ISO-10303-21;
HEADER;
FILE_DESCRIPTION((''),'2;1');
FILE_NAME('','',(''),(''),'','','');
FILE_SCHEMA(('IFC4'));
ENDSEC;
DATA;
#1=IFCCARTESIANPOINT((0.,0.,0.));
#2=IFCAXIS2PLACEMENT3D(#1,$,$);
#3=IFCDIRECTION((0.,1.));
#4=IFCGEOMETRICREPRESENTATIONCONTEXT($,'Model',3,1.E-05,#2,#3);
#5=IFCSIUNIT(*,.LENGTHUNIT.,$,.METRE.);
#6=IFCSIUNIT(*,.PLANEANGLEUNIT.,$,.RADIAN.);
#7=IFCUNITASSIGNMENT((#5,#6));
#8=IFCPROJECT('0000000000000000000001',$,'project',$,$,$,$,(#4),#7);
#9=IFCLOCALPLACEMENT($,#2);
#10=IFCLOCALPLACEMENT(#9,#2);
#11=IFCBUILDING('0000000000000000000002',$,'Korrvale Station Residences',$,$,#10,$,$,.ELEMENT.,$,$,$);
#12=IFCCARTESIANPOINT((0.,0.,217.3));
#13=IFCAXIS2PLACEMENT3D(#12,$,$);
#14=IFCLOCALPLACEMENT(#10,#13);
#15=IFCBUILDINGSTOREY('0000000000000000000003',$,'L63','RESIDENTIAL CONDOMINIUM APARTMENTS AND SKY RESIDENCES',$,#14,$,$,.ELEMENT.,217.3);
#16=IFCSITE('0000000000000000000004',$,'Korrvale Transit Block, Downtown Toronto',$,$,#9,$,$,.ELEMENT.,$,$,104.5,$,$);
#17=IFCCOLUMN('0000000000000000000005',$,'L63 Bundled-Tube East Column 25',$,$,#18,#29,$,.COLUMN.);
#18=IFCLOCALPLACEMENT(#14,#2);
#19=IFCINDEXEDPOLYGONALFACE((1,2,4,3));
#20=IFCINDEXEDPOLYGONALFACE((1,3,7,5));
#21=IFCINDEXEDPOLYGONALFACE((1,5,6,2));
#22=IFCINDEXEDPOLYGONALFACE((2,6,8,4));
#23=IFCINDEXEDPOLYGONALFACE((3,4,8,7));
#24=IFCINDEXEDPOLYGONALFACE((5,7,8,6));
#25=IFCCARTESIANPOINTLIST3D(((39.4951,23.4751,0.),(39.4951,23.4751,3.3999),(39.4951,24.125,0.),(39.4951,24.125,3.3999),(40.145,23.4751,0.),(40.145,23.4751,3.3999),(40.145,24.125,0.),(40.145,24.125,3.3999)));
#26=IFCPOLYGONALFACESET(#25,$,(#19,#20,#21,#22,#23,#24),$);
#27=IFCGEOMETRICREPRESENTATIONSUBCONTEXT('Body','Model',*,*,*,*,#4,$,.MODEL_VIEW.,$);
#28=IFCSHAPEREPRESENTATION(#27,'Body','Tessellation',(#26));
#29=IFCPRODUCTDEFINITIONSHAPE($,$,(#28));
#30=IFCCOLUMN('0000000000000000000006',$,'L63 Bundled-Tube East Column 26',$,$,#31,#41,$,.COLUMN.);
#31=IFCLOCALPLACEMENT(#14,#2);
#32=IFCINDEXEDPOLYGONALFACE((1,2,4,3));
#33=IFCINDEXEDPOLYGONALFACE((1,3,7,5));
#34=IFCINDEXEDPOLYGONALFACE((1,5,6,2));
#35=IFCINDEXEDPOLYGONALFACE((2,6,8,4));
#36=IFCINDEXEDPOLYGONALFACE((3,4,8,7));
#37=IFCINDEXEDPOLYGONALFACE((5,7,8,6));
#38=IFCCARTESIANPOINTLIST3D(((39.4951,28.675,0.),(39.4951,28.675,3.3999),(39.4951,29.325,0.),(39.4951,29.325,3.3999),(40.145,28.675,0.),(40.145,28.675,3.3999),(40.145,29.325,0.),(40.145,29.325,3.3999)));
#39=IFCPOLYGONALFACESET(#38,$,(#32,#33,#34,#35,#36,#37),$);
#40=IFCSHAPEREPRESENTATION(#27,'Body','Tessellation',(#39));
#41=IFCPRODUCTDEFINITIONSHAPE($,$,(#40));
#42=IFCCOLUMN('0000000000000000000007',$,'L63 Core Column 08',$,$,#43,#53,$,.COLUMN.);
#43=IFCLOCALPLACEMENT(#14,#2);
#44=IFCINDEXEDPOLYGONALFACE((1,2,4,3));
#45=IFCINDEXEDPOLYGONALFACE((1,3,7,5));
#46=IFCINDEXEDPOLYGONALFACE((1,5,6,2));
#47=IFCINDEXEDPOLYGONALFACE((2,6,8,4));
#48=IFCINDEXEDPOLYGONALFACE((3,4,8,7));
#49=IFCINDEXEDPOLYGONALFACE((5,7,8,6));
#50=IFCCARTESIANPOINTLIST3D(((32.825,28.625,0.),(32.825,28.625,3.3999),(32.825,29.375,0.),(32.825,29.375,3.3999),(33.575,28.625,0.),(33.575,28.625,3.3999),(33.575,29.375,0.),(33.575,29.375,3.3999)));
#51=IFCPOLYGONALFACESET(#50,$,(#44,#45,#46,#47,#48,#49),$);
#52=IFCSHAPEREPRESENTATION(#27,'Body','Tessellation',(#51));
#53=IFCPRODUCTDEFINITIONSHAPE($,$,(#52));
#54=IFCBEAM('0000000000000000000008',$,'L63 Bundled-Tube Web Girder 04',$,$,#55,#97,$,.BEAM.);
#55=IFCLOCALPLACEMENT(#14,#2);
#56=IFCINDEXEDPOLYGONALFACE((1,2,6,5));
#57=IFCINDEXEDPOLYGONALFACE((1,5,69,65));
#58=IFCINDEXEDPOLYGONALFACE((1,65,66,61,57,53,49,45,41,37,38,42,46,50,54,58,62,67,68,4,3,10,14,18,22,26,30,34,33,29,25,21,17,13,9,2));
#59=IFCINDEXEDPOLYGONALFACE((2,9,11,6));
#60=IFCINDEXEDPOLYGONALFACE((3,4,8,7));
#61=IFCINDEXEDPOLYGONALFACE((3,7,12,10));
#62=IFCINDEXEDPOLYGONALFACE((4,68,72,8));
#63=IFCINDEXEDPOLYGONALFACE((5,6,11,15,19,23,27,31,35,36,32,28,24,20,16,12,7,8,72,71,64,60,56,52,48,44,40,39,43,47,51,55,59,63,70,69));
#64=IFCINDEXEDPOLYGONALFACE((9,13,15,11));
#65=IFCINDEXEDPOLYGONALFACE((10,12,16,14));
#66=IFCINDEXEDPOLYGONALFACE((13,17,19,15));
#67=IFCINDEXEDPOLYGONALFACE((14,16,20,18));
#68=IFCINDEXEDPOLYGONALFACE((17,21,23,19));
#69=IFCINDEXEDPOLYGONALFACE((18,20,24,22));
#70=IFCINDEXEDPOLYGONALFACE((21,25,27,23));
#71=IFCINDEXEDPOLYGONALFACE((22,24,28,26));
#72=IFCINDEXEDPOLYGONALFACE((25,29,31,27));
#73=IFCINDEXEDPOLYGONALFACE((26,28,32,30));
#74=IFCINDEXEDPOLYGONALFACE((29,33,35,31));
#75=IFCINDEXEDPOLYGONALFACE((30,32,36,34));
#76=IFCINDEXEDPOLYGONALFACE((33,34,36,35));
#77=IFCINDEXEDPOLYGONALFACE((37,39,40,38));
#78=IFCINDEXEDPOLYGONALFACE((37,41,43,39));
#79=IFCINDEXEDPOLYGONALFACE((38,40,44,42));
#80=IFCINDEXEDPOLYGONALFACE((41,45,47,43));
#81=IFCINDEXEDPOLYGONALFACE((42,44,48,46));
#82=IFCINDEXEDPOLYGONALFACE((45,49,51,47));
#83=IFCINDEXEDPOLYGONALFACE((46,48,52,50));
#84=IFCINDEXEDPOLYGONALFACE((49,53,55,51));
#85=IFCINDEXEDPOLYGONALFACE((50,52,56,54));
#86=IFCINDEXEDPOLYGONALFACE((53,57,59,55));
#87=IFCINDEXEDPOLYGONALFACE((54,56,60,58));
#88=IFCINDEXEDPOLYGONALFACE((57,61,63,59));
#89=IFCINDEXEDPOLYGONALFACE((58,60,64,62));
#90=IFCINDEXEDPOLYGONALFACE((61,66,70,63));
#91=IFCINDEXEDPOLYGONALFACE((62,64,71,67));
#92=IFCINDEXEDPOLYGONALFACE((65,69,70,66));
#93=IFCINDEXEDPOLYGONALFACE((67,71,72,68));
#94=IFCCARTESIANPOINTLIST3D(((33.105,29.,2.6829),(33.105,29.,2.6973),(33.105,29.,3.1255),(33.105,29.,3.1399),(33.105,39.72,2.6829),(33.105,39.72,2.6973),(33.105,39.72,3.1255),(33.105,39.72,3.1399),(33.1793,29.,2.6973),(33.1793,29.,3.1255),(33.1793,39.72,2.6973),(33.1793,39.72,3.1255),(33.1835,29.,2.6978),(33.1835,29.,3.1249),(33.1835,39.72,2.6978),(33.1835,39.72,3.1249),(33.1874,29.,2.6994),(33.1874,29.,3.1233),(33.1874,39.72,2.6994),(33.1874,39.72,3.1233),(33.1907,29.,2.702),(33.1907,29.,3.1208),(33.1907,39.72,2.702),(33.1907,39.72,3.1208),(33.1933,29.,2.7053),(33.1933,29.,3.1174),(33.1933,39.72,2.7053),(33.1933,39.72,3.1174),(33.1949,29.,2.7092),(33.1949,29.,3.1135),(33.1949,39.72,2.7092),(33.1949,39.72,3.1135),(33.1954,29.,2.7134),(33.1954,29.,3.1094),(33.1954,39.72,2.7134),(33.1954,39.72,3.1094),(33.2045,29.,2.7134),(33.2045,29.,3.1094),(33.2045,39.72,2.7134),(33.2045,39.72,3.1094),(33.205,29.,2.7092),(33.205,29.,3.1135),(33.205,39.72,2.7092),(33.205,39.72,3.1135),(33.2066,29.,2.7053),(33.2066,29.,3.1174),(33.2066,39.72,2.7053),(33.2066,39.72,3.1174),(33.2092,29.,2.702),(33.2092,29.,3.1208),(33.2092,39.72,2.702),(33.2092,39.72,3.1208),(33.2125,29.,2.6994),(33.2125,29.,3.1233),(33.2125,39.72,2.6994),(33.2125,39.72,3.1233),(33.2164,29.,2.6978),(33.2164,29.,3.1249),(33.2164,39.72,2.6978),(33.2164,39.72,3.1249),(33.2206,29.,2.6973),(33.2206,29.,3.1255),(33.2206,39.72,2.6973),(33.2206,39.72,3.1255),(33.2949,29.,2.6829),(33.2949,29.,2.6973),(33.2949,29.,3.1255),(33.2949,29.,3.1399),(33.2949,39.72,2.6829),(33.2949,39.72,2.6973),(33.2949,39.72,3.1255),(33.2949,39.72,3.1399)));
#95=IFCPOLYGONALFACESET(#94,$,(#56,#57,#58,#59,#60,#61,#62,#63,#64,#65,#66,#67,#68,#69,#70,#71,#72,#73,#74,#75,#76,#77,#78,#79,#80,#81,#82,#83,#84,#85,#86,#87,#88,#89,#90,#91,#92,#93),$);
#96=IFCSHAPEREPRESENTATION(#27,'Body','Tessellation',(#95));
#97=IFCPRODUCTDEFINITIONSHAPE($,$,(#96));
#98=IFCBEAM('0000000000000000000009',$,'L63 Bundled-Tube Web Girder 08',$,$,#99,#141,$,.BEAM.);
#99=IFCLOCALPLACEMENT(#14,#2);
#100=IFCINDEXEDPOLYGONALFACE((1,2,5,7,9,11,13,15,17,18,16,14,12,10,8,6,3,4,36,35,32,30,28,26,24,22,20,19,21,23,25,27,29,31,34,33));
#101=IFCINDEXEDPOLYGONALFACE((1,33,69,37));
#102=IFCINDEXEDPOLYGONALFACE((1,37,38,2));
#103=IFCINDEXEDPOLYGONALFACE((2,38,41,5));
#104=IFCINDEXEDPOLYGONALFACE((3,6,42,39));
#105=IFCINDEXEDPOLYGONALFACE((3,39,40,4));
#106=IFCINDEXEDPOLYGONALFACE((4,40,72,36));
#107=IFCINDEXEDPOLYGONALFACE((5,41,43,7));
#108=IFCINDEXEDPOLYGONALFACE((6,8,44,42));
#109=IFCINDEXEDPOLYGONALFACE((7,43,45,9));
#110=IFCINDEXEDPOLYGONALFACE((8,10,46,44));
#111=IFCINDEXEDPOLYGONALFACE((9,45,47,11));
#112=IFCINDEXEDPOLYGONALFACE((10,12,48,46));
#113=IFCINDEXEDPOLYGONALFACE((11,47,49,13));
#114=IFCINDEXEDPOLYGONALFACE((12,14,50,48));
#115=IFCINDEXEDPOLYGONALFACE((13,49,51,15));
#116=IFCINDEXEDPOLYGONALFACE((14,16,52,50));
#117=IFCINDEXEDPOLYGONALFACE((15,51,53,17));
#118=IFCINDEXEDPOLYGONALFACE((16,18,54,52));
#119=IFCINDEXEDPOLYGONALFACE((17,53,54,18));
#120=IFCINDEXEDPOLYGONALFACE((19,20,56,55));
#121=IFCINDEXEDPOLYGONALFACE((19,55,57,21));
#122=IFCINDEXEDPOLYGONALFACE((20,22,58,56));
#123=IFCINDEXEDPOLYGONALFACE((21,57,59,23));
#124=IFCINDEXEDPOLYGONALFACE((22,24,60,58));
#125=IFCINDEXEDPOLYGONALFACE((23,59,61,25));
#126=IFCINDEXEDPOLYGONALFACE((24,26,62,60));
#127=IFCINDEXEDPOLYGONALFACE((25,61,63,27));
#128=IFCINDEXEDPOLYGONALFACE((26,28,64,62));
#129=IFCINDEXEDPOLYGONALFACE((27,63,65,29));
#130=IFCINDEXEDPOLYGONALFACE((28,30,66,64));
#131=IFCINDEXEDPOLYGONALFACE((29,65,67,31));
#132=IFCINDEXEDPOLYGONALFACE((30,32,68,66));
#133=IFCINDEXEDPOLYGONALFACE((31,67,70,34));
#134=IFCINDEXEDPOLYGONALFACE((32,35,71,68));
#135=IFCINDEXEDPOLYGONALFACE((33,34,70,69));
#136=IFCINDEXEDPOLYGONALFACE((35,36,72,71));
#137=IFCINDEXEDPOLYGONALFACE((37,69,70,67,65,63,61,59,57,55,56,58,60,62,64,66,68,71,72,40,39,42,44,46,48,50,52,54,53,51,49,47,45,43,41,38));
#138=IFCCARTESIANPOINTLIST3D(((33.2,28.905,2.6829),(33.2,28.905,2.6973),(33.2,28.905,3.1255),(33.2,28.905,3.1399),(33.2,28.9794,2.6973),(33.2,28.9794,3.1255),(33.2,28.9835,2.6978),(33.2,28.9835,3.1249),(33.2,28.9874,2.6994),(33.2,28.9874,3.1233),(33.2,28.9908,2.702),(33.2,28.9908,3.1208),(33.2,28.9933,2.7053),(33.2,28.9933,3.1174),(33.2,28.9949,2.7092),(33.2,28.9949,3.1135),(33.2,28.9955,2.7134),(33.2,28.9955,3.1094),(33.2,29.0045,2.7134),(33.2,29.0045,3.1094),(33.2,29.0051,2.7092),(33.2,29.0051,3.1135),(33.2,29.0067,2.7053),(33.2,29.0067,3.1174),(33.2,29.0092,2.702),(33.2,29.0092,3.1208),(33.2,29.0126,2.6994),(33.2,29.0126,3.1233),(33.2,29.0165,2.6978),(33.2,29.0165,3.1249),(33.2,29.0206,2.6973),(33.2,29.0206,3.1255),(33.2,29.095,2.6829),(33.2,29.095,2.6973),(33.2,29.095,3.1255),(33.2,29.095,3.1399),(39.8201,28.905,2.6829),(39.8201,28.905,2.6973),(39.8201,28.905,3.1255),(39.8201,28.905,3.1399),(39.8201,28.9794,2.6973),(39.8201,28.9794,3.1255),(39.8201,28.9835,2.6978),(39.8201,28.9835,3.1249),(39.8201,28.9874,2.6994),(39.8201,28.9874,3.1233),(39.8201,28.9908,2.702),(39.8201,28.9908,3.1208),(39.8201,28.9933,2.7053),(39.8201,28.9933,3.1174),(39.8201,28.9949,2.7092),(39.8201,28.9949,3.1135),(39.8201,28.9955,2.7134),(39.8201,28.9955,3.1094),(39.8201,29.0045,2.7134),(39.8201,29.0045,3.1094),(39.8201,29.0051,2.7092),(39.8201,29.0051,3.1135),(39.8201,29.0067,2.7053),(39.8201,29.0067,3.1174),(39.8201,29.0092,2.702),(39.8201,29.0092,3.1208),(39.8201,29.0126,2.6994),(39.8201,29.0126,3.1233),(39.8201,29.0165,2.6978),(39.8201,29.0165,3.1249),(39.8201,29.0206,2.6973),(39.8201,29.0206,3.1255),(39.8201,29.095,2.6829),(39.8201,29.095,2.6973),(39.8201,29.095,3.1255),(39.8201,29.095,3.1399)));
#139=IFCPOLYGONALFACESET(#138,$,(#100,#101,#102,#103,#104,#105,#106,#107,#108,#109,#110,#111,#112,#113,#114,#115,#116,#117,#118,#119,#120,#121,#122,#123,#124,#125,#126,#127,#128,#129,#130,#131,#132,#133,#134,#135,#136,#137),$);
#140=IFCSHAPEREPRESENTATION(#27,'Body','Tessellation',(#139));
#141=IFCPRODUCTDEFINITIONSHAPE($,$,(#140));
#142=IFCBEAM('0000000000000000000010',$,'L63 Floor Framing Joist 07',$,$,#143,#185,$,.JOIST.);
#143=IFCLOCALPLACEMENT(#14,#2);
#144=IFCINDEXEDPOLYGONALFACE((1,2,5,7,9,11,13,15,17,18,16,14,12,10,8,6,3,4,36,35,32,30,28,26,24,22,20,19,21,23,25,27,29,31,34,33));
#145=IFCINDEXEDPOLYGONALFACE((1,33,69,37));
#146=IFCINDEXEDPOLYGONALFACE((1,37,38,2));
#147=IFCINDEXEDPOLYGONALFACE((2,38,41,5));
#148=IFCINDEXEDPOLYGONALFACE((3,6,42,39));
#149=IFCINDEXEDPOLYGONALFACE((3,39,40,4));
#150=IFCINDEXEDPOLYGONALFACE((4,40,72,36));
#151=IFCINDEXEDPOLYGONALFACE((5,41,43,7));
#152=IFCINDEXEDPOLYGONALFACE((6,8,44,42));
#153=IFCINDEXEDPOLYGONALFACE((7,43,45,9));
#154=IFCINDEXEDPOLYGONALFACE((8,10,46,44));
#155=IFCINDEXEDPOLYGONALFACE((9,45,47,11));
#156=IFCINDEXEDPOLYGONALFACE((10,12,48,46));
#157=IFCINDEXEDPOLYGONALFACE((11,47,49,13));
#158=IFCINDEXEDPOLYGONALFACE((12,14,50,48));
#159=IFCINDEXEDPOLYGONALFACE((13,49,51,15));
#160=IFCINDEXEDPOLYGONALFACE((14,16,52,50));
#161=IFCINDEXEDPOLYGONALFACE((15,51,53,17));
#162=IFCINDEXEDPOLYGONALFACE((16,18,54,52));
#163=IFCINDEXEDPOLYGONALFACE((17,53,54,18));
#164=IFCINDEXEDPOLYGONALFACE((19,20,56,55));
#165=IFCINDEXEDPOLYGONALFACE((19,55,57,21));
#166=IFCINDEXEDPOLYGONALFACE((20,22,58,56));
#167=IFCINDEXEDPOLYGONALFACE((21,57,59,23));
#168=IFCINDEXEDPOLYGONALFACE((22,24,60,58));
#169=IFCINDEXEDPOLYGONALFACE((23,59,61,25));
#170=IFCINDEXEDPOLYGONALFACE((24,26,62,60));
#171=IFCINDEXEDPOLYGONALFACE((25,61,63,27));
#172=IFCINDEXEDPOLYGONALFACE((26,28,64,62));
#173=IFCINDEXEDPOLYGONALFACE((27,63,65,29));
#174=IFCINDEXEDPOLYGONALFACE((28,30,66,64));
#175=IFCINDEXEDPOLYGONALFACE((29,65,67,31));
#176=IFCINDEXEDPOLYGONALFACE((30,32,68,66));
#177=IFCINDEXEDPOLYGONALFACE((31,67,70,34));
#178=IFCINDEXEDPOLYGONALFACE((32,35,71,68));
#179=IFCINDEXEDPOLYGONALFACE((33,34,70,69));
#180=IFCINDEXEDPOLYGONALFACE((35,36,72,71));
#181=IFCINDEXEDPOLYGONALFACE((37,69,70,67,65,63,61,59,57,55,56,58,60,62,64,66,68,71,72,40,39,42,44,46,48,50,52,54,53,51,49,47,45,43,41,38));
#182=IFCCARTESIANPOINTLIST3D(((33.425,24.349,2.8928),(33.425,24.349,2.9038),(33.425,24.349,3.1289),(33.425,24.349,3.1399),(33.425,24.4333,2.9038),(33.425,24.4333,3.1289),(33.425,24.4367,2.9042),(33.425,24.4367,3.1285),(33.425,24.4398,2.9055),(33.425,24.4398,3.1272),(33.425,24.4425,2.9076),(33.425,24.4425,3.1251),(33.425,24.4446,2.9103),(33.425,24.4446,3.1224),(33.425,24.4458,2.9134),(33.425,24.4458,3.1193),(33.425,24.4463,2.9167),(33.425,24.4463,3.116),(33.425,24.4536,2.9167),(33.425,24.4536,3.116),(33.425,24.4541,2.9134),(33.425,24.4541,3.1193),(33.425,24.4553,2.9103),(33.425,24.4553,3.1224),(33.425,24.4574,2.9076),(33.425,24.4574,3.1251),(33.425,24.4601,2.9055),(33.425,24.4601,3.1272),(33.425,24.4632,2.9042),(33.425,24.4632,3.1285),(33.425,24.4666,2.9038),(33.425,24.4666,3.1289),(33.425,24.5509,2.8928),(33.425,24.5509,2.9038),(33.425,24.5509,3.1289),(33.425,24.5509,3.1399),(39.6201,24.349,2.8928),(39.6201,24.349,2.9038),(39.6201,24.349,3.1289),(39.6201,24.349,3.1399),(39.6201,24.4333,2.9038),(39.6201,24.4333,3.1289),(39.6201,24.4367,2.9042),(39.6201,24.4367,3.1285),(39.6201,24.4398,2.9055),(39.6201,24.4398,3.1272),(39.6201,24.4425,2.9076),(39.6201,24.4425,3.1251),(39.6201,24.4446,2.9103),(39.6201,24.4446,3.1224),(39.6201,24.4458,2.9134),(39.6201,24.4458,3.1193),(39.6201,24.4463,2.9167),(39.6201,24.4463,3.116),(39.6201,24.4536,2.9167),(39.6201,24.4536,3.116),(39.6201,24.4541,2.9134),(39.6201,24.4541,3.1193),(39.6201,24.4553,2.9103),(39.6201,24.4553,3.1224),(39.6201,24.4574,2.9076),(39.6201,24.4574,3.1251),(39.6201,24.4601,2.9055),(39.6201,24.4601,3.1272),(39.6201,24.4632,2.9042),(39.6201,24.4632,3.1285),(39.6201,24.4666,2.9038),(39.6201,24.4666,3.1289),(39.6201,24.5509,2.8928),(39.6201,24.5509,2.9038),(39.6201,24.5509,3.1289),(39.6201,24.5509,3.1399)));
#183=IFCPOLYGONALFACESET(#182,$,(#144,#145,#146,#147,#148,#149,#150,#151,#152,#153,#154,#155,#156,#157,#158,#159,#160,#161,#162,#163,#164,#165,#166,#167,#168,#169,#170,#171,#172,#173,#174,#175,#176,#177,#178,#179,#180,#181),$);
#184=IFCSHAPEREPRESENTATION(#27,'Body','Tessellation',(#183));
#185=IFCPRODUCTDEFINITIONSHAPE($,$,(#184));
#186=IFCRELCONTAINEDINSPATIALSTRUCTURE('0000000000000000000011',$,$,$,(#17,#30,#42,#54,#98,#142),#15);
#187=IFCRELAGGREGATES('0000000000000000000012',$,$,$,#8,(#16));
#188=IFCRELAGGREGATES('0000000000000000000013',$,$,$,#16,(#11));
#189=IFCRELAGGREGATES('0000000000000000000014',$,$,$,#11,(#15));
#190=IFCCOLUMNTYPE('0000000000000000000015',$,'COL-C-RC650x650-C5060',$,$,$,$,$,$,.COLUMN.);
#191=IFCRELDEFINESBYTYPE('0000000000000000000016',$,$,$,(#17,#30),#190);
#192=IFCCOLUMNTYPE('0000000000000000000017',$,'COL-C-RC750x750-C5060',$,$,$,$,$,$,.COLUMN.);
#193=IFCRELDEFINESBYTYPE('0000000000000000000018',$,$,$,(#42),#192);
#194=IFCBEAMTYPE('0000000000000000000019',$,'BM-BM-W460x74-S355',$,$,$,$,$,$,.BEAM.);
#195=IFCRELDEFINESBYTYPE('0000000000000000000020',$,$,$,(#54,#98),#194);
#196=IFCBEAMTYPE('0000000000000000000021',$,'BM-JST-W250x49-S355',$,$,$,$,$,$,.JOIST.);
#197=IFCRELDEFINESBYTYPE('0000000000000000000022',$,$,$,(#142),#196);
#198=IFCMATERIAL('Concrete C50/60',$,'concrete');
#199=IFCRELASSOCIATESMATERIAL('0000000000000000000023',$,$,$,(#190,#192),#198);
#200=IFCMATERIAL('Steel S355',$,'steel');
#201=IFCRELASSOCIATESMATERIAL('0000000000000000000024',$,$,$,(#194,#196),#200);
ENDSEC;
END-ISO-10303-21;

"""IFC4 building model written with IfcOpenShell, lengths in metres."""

from ifc_helpers import new_model, si_unit, direction, frame, origin, origin_2d, place, context, subcontext, project, spatial, rectangle, i_section, extrude, material, material_profile, profile_set, type_object, element, save


model = new_model("IFC4")

# Units and contexts
model_context = context("Model", 3, precision=1e-05, world=origin(), true_north=direction((0.0, 1.0)))
body_context = subcontext(model_context, "Body", "Model", "MODEL_VIEW")
ifc_project = project(units=[si_unit("LENGTHUNIT", "METRE"), si_unit("PLANEANGLEUNIT", "RADIAN")], contexts=[model_context])

# Site, building, storey
site_placement = place(None, origin())
site = spatial("IfcSite", under=ifc_project, at=site_placement, Name="Korrvale Transit Block, Downtown Toronto", CompositionType="ELEMENT", RefElevation=104.5)
building_placement = place(site_placement, origin())
building = spatial("IfcBuilding", under=site, at=building_placement, Name="Korrvale Station Residences", CompositionType="ELEMENT")
storey_placement = place(building_placement, frame((0.0, 0.0, 217.3)))
storey = spatial("IfcBuildingStorey", under=building, at=storey_placement, Name="L63", Description="RESIDENTIAL CONDOMINIUM APARTMENTS AND SKY RESIDENCES", CompositionType="ELEMENT", Elevation=217.3)

# Columns
ifc_material_1 = material(Name="Concrete C50/60", Category="concrete")
ifc_material_profile_1 = material_profile(ifc_material_1, rectangle(XDim=0.6499, YDim=0.6499, at=origin_2d()), Name="RC650x650")
ifc_profile_set_1 = profile_set([ifc_material_profile_1], Name="Concrete C50/60")
column_type_1 = type_object("IfcColumnType", Name="COL-C-RC650x650-C5060", PredefinedType="COLUMN", material=ifc_profile_set_1)
for number, where, z_axis, x_axis, name in (
    (1, (39.8201, 23.8, 0.0), (0.0, 0.0, 1.0), (1.0, 0.0, 0.0), "L63 Bundled-Tube East Column 25"),
    (2, (39.8201, 29.0, 0.0), (0.0, 0.0, 1.0), (1.0, 0.0, 0.0), "L63 Bundled-Tube East Column 26"),
):
    element("IfcColumn", number, at=place(storey_placement, frame(where, z_axis=z_axis, x_axis=x_axis)), inside=storey, type_object=column_type_1, Name=name, PredefinedType="COLUMN", context=body_context, shape_type="SweptSolid", body=[
        extrude(rectangle(XDim=0.6499, YDim=0.6499, at=origin_2d()), origin(), (0.0, 0.0, 1.0), 3.3999),
    ])
ifc_material_profile_2 = material_profile(ifc_material_1, rectangle(XDim=0.75, YDim=0.75, at=origin_2d()), Name="RC750x750")
ifc_profile_set_2 = profile_set([ifc_material_profile_2], Name="Concrete C50/60")
column_type_2 = type_object("IfcColumnType", Name="COL-C-RC750x750-C5060", PredefinedType="COLUMN", material=ifc_profile_set_2)
column_placement = place(storey_placement, frame((33.2, 29.0, 0.0), z_axis=(0.0, 0.0, 1.0), x_axis=(1.0, 0.0, 0.0)))
element("IfcColumn", 3, at=column_placement, inside=storey, type_object=column_type_2, Name="L63 Core Column 08", PredefinedType="COLUMN", context=body_context, shape_type="SweptSolid", body=[
    extrude(rectangle(XDim=0.75, YDim=0.75, at=origin_2d()), origin(), (0.0, 0.0, 1.0), 3.3999),
])

# Beams
ifc_material_2 = material(Name="Steel S355", Category="steel")
ifc_material_profile_3 = material_profile(ifc_material_2, i_section(OverallWidth=0.1899, OverallDepth=0.457, WebThickness=0.009, FlangeThickness=0.0144, FilletRadius=0.0161, at=origin_2d()), Name="W460x74")
ifc_profile_set_3 = profile_set([ifc_material_profile_3], Name="Steel S355")
beam_type_1 = type_object("IfcBeamType", Name="BM-BM-W460x74-S355", PredefinedType="BEAM", material=ifc_profile_set_3)
beam_1_placement = place(storey_placement, frame((33.2, 29.0, 2.9114), z_axis=(0.0, 1.0, 0.0), x_axis=(-1.0, 0.0, 0.0)))
element("IfcBeam", 4, at=beam_1_placement, inside=storey, type_object=beam_type_1, Name="L63 Bundled-Tube Web Girder 04", PredefinedType="BEAM", context=body_context, shape_type="SweptSolid", body=[
    extrude(i_section(OverallWidth=0.1899, OverallDepth=0.457, WebThickness=0.009, FlangeThickness=0.0144, FilletRadius=0.0161, at=origin_2d()), origin(), (0.0, 0.0, 1.0), 10.72),
])
beam_2_placement = place(storey_placement, frame((33.2, 29.0, 2.9114), z_axis=(1.0, 0.0, 0.0), x_axis=(0.0, 1.0, 0.0)))
element("IfcBeam", 5, at=beam_2_placement, inside=storey, type_object=beam_type_1, Name="L63 Bundled-Tube Web Girder 08", PredefinedType="BEAM", context=body_context, shape_type="SweptSolid", body=[
    extrude(i_section(OverallWidth=0.1899, OverallDepth=0.457, WebThickness=0.009, FlangeThickness=0.0144, FilletRadius=0.0161, at=origin_2d()), origin(), (0.0, 0.0, 1.0), 6.6201),
])
ifc_material_profile_4 = material_profile(ifc_material_2, i_section(OverallWidth=0.2019, OverallDepth=0.2471, WebThickness=0.0073, FlangeThickness=0.011, FilletRadius=0.0129, at=origin_2d()), Name="W250x49")
ifc_profile_set_4 = profile_set([ifc_material_profile_4], Name="Steel S355")
beam_type_2 = type_object("IfcBeamType", Name="BM-JST-W250x49-S355", PredefinedType="JOIST", material=ifc_profile_set_4)
beam_3_placement = place(storey_placement, frame((33.425, 24.45, 3.0164), z_axis=(1.0, 0.0, 0.0), x_axis=(0.0, 1.0, 0.0)))
element("IfcBeam", 6, at=beam_3_placement, inside=storey, type_object=beam_type_2, Name="L63 Floor Framing Joist 07", PredefinedType="JOIST", context=body_context, shape_type="SweptSolid", body=[
    extrude(i_section(OverallWidth=0.2019, OverallDepth=0.2471, WebThickness=0.0073, FlangeThickness=0.011, FilletRadius=0.0129, at=origin_2d()), origin(), (0.0, 0.0, 1.0), 6.1951),
])

save(model, "model.ifc")
